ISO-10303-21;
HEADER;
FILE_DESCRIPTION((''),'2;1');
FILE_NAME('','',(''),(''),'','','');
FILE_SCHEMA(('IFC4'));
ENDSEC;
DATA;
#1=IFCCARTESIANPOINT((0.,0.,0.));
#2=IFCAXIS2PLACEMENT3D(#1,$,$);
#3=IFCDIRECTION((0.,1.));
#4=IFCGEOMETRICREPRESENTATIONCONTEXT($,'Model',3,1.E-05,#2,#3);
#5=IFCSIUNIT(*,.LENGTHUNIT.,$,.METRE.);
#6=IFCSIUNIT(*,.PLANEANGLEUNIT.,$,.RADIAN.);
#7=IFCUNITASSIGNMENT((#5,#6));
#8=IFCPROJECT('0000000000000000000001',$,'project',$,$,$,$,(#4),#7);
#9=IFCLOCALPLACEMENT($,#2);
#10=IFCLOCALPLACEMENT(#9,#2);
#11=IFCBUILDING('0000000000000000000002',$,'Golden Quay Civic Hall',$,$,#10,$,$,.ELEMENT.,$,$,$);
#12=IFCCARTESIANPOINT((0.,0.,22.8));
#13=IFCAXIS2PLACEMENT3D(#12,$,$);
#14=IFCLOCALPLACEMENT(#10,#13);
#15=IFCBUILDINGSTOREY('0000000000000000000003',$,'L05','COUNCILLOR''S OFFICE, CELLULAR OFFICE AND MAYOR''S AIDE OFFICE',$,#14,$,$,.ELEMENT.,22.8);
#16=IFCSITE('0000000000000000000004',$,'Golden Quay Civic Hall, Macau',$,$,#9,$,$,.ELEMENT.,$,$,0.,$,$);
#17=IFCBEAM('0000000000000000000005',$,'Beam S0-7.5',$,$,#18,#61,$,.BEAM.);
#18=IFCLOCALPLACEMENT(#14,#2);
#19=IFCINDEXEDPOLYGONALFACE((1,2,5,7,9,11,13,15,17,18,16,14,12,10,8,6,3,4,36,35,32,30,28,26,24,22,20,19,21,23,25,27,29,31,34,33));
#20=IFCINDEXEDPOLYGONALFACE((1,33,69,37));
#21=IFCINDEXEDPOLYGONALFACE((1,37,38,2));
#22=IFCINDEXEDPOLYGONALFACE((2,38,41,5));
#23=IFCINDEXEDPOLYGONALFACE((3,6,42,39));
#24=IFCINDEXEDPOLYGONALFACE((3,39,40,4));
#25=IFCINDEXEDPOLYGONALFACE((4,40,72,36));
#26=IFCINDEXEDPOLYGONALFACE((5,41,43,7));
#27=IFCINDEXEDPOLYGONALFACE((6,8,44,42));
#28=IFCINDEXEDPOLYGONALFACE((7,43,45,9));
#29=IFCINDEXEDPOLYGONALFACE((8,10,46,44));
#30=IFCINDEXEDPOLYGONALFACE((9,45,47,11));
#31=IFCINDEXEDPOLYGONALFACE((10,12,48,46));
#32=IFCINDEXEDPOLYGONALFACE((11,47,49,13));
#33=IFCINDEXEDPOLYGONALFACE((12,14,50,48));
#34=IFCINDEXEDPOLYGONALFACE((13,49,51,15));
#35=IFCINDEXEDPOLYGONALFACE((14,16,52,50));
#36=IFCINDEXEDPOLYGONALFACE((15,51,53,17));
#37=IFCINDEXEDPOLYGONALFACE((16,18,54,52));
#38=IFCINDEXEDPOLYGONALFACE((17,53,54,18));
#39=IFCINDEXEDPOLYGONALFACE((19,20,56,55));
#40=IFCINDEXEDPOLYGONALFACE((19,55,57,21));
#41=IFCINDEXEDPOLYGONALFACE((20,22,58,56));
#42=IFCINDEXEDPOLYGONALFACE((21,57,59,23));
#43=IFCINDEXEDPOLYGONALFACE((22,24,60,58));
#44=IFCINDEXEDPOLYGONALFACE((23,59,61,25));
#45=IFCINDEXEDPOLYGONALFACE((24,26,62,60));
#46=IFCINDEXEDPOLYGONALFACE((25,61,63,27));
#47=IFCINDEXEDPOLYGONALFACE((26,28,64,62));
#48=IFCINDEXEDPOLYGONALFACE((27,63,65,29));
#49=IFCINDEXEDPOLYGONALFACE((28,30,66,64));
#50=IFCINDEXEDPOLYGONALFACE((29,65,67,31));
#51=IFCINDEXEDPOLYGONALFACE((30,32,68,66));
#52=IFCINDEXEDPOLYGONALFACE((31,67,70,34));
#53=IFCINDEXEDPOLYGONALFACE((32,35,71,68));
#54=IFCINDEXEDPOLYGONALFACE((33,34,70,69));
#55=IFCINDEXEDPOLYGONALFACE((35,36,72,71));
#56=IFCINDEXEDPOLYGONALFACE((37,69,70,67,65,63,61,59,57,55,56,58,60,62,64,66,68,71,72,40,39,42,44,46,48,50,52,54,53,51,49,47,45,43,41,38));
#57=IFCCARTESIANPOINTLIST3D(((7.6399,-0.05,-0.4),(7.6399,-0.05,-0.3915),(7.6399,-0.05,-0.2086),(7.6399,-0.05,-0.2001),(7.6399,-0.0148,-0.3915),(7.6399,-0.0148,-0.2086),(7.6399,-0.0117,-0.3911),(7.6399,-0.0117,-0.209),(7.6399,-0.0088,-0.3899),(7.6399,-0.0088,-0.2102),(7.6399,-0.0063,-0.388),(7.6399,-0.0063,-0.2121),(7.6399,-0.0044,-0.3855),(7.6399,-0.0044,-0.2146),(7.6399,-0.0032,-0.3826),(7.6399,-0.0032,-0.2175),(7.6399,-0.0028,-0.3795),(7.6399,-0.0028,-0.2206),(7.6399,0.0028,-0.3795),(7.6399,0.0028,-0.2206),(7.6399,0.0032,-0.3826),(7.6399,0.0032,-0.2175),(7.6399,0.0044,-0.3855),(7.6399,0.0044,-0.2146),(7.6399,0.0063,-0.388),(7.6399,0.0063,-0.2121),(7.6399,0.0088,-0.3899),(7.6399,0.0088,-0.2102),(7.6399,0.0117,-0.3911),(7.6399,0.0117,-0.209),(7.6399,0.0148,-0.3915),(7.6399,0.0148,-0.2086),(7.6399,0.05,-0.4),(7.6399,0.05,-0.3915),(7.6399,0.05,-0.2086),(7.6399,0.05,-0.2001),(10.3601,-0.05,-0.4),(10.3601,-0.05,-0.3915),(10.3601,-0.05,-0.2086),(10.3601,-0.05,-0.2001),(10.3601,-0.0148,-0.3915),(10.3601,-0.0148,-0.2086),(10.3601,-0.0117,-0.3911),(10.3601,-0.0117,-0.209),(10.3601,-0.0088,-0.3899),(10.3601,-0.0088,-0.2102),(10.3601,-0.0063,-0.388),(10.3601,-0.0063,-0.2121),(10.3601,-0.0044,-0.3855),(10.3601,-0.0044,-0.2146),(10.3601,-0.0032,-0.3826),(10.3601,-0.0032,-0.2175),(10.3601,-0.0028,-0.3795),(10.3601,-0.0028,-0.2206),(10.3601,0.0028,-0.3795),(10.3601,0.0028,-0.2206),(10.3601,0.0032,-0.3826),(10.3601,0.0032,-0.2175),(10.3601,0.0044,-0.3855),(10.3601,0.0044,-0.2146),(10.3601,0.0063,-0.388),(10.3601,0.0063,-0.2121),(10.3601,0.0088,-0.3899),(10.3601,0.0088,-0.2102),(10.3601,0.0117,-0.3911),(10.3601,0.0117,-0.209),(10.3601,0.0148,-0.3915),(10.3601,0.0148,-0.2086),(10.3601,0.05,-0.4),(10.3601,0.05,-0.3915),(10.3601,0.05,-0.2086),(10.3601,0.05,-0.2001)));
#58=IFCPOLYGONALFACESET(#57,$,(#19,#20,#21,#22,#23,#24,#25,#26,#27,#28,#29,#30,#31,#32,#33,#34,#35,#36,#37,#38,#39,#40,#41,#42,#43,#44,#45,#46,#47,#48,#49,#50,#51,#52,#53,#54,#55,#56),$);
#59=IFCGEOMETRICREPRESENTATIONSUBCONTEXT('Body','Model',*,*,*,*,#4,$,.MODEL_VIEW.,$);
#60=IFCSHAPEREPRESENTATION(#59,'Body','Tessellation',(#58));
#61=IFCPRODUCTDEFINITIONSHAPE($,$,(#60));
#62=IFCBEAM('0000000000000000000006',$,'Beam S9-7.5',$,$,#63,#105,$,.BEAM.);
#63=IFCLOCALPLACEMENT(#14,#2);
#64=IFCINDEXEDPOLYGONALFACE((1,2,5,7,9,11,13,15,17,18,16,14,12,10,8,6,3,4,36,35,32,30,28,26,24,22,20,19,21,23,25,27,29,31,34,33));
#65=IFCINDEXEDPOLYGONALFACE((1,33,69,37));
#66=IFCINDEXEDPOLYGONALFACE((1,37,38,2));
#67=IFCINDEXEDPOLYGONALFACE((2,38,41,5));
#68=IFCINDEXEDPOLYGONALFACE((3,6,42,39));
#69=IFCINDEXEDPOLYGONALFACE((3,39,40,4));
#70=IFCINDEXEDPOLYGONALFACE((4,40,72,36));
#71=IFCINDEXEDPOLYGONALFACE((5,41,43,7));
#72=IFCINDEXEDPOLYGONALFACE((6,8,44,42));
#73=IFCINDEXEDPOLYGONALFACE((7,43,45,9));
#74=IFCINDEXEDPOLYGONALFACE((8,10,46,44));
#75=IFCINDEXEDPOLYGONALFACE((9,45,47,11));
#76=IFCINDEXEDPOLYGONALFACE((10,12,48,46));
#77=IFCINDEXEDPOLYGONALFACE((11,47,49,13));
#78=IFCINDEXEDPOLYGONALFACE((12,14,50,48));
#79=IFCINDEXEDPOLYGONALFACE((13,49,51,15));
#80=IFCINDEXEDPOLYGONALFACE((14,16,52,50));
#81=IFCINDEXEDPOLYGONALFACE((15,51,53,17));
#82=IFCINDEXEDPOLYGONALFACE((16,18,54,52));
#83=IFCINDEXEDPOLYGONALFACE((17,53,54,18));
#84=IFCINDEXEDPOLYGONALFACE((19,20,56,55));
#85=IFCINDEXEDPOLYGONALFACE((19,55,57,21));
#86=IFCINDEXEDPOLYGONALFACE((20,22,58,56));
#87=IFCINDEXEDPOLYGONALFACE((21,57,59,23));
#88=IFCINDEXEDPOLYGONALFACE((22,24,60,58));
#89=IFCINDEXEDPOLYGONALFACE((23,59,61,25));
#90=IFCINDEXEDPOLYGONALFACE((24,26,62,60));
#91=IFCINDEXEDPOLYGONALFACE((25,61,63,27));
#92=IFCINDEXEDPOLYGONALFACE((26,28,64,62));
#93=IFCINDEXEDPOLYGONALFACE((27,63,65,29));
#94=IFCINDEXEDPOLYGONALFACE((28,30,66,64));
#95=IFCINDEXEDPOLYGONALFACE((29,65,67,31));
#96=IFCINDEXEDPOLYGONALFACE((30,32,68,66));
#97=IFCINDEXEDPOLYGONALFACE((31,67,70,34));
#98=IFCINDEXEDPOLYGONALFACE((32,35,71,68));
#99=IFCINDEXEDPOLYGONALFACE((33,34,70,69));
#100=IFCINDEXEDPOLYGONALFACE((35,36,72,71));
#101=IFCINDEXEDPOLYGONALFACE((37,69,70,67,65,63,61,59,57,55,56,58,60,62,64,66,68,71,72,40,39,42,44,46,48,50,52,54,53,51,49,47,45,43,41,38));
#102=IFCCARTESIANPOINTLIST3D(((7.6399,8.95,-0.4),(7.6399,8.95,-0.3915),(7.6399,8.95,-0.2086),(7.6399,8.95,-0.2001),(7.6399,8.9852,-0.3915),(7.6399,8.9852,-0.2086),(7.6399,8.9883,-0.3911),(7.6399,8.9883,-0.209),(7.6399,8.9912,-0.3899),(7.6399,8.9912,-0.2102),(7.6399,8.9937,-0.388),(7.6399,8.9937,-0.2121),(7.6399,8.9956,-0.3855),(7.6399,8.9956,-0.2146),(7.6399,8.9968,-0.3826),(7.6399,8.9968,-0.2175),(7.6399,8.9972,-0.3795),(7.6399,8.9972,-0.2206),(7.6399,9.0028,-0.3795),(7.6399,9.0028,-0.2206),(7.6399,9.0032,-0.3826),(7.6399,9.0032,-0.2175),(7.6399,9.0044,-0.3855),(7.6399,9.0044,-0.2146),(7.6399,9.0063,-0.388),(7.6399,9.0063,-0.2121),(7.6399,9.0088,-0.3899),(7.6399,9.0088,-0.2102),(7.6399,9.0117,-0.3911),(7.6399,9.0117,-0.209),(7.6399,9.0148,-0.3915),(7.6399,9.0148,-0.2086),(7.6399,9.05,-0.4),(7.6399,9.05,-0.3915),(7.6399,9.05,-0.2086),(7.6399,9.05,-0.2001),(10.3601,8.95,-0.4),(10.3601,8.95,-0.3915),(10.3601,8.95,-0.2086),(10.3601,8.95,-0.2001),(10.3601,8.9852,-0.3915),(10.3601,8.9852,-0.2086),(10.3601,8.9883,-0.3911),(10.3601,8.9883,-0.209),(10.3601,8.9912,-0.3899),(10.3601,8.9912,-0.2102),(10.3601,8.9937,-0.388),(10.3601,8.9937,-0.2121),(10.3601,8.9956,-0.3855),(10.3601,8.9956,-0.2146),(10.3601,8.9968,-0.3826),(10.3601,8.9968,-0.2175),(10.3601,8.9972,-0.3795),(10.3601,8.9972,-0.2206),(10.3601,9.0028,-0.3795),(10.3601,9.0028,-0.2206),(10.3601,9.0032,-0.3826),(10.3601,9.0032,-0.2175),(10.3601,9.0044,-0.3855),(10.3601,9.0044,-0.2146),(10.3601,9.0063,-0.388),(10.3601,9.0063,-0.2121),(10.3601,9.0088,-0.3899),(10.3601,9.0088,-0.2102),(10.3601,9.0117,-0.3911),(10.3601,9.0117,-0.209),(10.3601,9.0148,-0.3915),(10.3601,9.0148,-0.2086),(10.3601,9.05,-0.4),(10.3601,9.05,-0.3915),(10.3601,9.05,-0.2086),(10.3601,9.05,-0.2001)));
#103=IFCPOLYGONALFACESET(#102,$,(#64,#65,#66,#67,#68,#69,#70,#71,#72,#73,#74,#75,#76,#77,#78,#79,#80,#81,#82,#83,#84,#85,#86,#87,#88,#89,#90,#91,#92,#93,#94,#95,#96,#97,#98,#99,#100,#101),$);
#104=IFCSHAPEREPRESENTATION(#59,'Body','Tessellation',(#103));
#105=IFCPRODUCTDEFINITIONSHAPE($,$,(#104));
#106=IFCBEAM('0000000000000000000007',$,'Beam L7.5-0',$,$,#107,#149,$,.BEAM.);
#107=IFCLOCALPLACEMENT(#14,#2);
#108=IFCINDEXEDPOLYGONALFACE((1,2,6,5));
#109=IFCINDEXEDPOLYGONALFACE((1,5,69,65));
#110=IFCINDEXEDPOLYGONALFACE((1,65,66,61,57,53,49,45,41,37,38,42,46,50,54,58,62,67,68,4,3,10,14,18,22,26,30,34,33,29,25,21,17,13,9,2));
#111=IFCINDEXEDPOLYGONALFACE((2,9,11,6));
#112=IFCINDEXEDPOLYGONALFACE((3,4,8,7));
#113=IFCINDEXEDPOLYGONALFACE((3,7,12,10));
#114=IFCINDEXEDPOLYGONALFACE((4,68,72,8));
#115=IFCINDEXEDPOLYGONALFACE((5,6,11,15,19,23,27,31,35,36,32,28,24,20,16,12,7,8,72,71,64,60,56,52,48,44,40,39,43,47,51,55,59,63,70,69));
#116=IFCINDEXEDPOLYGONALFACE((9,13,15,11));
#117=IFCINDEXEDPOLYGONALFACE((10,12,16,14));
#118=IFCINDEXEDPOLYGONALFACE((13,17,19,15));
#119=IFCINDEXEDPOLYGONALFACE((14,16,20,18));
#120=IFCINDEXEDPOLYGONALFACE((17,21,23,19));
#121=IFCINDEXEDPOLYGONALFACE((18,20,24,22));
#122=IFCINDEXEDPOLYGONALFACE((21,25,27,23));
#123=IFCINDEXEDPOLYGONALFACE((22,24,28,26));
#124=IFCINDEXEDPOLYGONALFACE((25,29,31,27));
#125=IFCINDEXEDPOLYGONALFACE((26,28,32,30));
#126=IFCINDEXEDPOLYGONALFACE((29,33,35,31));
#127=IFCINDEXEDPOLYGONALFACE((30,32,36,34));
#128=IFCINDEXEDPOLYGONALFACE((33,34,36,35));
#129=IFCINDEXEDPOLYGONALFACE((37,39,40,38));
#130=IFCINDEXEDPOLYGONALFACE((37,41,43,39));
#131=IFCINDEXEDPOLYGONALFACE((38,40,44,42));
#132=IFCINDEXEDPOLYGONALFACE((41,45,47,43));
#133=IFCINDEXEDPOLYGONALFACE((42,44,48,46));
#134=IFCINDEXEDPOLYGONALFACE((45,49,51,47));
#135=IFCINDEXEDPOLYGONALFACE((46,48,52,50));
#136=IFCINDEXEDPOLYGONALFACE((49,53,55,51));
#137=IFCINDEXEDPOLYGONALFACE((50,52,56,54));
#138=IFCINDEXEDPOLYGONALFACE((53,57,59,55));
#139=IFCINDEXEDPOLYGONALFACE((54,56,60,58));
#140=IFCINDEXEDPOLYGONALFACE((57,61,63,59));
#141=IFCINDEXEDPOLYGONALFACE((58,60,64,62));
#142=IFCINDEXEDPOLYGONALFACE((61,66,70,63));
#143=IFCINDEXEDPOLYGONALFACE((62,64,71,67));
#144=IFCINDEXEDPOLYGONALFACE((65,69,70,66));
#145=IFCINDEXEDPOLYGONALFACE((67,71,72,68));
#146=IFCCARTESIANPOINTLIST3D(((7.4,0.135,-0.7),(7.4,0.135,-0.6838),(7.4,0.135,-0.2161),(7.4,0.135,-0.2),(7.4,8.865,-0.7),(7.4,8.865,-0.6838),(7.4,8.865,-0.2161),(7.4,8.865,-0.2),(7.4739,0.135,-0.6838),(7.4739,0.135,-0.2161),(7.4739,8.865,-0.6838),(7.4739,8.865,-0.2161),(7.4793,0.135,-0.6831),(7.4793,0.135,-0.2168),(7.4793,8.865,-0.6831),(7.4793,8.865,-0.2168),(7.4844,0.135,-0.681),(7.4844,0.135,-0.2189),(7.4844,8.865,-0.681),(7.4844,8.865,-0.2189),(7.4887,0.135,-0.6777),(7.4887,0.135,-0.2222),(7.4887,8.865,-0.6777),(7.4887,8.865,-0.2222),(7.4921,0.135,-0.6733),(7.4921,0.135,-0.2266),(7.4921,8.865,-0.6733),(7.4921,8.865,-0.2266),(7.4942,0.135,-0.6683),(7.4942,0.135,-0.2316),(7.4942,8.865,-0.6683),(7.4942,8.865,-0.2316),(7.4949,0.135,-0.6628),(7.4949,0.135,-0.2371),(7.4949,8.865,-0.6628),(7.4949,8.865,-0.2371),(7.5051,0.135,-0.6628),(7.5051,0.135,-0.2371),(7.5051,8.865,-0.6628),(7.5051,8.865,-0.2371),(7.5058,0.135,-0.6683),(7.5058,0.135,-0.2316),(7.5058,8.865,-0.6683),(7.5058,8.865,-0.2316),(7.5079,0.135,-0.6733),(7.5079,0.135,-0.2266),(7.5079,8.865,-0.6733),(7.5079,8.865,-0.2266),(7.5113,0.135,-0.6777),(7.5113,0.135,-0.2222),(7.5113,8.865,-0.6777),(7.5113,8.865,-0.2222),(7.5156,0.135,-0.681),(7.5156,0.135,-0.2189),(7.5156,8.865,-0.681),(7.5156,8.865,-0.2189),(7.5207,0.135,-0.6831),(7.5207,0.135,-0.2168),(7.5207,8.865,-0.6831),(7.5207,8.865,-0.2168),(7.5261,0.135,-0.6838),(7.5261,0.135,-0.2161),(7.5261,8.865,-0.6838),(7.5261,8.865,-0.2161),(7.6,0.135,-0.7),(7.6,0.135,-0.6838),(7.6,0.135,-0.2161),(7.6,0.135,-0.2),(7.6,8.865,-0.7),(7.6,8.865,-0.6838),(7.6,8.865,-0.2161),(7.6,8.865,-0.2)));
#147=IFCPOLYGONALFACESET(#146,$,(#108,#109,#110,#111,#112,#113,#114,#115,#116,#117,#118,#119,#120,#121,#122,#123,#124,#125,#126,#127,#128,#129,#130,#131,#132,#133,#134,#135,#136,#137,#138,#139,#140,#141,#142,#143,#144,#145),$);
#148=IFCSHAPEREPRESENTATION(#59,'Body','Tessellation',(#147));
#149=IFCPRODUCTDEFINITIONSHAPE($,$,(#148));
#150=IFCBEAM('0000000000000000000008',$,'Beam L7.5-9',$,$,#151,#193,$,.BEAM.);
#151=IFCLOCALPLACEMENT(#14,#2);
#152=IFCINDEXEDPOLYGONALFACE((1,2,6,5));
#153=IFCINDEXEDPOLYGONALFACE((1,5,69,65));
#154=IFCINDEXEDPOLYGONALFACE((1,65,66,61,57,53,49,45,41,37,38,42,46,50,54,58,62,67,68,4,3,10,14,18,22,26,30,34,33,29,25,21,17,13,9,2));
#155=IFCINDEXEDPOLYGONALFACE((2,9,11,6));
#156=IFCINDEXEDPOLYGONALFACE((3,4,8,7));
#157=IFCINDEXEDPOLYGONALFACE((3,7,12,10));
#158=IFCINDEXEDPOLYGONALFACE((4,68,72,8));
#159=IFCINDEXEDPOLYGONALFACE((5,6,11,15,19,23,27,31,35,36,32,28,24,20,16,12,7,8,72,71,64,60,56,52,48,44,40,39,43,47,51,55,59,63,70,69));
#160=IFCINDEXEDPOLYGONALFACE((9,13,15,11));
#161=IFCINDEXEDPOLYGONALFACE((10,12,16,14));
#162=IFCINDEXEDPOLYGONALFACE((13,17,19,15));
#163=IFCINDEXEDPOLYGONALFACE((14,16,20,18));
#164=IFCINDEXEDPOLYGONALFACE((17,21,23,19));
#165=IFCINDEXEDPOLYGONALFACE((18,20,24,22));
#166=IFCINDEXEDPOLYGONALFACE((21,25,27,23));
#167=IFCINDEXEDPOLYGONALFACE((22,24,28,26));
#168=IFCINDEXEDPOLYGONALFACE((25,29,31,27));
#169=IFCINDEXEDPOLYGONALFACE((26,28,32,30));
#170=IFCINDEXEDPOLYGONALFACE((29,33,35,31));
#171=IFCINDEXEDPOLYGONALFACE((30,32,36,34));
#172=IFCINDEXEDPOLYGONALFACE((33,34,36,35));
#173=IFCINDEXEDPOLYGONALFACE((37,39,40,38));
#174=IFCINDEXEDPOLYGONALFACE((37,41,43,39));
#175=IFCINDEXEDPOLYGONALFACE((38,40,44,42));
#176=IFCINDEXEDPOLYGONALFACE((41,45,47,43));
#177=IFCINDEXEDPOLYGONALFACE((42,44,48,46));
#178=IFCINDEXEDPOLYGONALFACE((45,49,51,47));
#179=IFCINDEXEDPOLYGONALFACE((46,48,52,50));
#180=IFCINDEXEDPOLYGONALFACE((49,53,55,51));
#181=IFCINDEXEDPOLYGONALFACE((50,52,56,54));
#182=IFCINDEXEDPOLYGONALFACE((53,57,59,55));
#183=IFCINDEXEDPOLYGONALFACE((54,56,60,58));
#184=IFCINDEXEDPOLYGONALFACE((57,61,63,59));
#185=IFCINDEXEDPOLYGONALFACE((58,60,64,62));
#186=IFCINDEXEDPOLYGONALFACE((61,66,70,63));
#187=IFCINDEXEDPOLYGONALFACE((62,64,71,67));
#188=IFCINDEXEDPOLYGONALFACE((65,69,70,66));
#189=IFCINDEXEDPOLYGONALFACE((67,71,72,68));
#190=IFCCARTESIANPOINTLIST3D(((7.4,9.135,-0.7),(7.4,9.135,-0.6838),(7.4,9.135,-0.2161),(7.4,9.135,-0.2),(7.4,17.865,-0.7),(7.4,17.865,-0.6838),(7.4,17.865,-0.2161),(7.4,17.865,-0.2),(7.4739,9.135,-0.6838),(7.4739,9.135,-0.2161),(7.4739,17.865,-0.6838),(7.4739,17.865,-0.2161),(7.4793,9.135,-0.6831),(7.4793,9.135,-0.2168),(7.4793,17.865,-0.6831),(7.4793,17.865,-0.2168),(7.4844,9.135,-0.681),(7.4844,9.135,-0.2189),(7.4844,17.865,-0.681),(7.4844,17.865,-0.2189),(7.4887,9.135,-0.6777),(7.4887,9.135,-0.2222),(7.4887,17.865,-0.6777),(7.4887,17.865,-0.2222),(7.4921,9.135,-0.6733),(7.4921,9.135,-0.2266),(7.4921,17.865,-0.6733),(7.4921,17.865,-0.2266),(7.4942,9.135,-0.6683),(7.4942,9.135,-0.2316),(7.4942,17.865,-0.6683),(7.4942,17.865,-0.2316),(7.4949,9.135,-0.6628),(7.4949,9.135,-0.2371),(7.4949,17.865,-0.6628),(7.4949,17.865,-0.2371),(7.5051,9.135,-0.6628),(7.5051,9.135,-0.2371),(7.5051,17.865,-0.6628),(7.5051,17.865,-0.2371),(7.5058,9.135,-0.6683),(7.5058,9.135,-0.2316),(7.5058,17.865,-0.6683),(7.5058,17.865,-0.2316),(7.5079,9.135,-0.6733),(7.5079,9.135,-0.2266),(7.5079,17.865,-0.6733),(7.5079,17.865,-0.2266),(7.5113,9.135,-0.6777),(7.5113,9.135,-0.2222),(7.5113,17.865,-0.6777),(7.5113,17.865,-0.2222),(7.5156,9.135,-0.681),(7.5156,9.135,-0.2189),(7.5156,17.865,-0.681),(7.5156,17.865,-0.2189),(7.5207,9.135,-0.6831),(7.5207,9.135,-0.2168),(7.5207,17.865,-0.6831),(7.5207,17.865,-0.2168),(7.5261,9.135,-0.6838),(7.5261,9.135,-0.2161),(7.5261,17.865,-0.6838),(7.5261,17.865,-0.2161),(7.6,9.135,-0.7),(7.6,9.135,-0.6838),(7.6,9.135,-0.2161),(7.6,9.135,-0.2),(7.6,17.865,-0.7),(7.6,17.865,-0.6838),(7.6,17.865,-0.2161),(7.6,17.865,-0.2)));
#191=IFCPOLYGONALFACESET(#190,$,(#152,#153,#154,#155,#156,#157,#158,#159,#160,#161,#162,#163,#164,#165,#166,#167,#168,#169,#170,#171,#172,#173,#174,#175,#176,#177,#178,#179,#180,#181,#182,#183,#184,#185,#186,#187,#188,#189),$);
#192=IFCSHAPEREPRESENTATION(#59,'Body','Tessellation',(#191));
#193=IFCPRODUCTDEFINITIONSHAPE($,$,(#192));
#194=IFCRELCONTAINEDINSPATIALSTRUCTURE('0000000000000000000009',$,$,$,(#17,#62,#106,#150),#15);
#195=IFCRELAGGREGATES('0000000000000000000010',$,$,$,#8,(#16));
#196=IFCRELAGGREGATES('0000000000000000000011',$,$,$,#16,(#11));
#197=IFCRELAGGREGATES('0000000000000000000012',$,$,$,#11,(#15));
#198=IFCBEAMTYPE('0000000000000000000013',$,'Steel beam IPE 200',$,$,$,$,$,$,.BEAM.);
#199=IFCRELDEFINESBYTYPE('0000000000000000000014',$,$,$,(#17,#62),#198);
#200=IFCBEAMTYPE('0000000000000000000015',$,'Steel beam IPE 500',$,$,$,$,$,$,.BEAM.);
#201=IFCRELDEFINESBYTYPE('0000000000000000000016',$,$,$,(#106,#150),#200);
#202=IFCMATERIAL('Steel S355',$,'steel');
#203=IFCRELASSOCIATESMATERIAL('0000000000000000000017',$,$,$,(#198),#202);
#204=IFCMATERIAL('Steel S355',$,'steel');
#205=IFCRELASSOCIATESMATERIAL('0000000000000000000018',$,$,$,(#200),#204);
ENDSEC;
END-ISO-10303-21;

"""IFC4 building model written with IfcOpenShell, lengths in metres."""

from ifc_helpers import new_model, si_unit, direction, frame, origin, origin_2d, place, context, subcontext, project, spatial, i_section, extrude, material, material_profile, profile_set, type_object, element, save


model = new_model("IFC4")

# Units and contexts
model_context = context("Model", 3, precision=1e-05, world=origin(), true_north=direction((0.0, 1.0)))
body_context = subcontext(model_context, "Body", "Model", "MODEL_VIEW")
ifc_project = project(units=[si_unit("LENGTHUNIT", "METRE"), si_unit("PLANEANGLEUNIT", "RADIAN")], contexts=[model_context])

# Site, building, storey
site_placement = place(None, origin())
site = spatial("IfcSite", under=ifc_project, at=site_placement, Name="Golden Quay Civic Hall, Macau", CompositionType="ELEMENT", RefElevation=0.0)
building_placement = place(site_placement, origin())
building = spatial("IfcBuilding", under=site, at=building_placement, Name="Golden Quay Civic Hall", CompositionType="ELEMENT")
storey_placement = place(building_placement, frame((0.0, 0.0, 22.8)))
storey = spatial("IfcBuildingStorey", under=building, at=storey_placement, Name="L05", Description="COUNCILLOR'S OFFICE, CELLULAR OFFICE AND MAYOR'S AIDE OFFICE", CompositionType="ELEMENT", Elevation=22.8)

# Beams
ifc_material_1 = material(Name="Steel S355", Category="steel")
ifc_material_profile_1 = material_profile(ifc_material_1, i_section(OverallWidth=0.1001, OverallDepth=0.2, WebThickness=0.0056, FlangeThickness=0.0085, FilletRadius=0.012, at=origin_2d()), Name="IPE 200")
ifc_profile_set_1 = profile_set([ifc_material_profile_1], Name="Steel S355")
beam_type_1 = type_object("IfcBeamType", Name="Steel beam IPE 200", PredefinedType="BEAM", material=ifc_profile_set_1)
for number, where, z_axis, x_axis, name in (
    (1, (7.6399, 0.0, -0.3), (1.0, 0.0, 0.0), (0.0, 1.0, 0.0), "Beam S0-7.5"),
    (2, (7.6399, 9.0, -0.3), (1.0, 0.0, 0.0), (0.0, 1.0, 0.0), "Beam S9-7.5"),
):
    element("IfcBeam", number, at=place(storey_placement, frame(where, z_axis=z_axis, x_axis=x_axis)), inside=storey, type_object=beam_type_1, Name=name, PredefinedType="BEAM", context=body_context, shape_type="SweptSolid", body=[
        extrude(i_section(OverallWidth=0.1001, OverallDepth=0.2, WebThickness=0.0056, FlangeThickness=0.0085, FilletRadius=0.012, at=origin_2d()), origin(), (0.0, 0.0, 1.0), 2.7202),
    ])
ifc_material_2 = material(Name="Steel S355", Category="steel")
ifc_material_profile_2 = material_profile(ifc_material_2, i_section(OverallWidth=0.2, OverallDepth=0.5, WebThickness=0.0103, FlangeThickness=0.0161, FilletRadius=0.021, at=origin_2d()), Name="IPE 500")
ifc_profile_set_2 = profile_set([ifc_material_profile_2], Name="Steel S355")
beam_type_2 = type_object("IfcBeamType", Name="Steel beam IPE 500", PredefinedType="BEAM", material=ifc_profile_set_2)
for number, where, z_axis, x_axis, name in (
    (3, (7.5, 0.135, -0.45), (0.0, 1.0, 0.0), (-1.0, 0.0, 0.0), "Beam L7.5-0"),
    (4, (7.5, 9.135, -0.45), (0.0, 1.0, 0.0), (-1.0, 0.0, 0.0), "Beam L7.5-9"),
):
    element("IfcBeam", number, at=place(storey_placement, frame(where, z_axis=z_axis, x_axis=x_axis)), inside=storey, type_object=beam_type_2, Name=name, PredefinedType="BEAM", context=body_context, shape_type="SweptSolid", body=[
        extrude(i_section(OverallWidth=0.2, OverallDepth=0.5, WebThickness=0.0103, FlangeThickness=0.0161, FilletRadius=0.021, at=origin_2d()), origin(), (0.0, 0.0, 1.0), 8.73),
    ])

save(model, "model.ifc")
